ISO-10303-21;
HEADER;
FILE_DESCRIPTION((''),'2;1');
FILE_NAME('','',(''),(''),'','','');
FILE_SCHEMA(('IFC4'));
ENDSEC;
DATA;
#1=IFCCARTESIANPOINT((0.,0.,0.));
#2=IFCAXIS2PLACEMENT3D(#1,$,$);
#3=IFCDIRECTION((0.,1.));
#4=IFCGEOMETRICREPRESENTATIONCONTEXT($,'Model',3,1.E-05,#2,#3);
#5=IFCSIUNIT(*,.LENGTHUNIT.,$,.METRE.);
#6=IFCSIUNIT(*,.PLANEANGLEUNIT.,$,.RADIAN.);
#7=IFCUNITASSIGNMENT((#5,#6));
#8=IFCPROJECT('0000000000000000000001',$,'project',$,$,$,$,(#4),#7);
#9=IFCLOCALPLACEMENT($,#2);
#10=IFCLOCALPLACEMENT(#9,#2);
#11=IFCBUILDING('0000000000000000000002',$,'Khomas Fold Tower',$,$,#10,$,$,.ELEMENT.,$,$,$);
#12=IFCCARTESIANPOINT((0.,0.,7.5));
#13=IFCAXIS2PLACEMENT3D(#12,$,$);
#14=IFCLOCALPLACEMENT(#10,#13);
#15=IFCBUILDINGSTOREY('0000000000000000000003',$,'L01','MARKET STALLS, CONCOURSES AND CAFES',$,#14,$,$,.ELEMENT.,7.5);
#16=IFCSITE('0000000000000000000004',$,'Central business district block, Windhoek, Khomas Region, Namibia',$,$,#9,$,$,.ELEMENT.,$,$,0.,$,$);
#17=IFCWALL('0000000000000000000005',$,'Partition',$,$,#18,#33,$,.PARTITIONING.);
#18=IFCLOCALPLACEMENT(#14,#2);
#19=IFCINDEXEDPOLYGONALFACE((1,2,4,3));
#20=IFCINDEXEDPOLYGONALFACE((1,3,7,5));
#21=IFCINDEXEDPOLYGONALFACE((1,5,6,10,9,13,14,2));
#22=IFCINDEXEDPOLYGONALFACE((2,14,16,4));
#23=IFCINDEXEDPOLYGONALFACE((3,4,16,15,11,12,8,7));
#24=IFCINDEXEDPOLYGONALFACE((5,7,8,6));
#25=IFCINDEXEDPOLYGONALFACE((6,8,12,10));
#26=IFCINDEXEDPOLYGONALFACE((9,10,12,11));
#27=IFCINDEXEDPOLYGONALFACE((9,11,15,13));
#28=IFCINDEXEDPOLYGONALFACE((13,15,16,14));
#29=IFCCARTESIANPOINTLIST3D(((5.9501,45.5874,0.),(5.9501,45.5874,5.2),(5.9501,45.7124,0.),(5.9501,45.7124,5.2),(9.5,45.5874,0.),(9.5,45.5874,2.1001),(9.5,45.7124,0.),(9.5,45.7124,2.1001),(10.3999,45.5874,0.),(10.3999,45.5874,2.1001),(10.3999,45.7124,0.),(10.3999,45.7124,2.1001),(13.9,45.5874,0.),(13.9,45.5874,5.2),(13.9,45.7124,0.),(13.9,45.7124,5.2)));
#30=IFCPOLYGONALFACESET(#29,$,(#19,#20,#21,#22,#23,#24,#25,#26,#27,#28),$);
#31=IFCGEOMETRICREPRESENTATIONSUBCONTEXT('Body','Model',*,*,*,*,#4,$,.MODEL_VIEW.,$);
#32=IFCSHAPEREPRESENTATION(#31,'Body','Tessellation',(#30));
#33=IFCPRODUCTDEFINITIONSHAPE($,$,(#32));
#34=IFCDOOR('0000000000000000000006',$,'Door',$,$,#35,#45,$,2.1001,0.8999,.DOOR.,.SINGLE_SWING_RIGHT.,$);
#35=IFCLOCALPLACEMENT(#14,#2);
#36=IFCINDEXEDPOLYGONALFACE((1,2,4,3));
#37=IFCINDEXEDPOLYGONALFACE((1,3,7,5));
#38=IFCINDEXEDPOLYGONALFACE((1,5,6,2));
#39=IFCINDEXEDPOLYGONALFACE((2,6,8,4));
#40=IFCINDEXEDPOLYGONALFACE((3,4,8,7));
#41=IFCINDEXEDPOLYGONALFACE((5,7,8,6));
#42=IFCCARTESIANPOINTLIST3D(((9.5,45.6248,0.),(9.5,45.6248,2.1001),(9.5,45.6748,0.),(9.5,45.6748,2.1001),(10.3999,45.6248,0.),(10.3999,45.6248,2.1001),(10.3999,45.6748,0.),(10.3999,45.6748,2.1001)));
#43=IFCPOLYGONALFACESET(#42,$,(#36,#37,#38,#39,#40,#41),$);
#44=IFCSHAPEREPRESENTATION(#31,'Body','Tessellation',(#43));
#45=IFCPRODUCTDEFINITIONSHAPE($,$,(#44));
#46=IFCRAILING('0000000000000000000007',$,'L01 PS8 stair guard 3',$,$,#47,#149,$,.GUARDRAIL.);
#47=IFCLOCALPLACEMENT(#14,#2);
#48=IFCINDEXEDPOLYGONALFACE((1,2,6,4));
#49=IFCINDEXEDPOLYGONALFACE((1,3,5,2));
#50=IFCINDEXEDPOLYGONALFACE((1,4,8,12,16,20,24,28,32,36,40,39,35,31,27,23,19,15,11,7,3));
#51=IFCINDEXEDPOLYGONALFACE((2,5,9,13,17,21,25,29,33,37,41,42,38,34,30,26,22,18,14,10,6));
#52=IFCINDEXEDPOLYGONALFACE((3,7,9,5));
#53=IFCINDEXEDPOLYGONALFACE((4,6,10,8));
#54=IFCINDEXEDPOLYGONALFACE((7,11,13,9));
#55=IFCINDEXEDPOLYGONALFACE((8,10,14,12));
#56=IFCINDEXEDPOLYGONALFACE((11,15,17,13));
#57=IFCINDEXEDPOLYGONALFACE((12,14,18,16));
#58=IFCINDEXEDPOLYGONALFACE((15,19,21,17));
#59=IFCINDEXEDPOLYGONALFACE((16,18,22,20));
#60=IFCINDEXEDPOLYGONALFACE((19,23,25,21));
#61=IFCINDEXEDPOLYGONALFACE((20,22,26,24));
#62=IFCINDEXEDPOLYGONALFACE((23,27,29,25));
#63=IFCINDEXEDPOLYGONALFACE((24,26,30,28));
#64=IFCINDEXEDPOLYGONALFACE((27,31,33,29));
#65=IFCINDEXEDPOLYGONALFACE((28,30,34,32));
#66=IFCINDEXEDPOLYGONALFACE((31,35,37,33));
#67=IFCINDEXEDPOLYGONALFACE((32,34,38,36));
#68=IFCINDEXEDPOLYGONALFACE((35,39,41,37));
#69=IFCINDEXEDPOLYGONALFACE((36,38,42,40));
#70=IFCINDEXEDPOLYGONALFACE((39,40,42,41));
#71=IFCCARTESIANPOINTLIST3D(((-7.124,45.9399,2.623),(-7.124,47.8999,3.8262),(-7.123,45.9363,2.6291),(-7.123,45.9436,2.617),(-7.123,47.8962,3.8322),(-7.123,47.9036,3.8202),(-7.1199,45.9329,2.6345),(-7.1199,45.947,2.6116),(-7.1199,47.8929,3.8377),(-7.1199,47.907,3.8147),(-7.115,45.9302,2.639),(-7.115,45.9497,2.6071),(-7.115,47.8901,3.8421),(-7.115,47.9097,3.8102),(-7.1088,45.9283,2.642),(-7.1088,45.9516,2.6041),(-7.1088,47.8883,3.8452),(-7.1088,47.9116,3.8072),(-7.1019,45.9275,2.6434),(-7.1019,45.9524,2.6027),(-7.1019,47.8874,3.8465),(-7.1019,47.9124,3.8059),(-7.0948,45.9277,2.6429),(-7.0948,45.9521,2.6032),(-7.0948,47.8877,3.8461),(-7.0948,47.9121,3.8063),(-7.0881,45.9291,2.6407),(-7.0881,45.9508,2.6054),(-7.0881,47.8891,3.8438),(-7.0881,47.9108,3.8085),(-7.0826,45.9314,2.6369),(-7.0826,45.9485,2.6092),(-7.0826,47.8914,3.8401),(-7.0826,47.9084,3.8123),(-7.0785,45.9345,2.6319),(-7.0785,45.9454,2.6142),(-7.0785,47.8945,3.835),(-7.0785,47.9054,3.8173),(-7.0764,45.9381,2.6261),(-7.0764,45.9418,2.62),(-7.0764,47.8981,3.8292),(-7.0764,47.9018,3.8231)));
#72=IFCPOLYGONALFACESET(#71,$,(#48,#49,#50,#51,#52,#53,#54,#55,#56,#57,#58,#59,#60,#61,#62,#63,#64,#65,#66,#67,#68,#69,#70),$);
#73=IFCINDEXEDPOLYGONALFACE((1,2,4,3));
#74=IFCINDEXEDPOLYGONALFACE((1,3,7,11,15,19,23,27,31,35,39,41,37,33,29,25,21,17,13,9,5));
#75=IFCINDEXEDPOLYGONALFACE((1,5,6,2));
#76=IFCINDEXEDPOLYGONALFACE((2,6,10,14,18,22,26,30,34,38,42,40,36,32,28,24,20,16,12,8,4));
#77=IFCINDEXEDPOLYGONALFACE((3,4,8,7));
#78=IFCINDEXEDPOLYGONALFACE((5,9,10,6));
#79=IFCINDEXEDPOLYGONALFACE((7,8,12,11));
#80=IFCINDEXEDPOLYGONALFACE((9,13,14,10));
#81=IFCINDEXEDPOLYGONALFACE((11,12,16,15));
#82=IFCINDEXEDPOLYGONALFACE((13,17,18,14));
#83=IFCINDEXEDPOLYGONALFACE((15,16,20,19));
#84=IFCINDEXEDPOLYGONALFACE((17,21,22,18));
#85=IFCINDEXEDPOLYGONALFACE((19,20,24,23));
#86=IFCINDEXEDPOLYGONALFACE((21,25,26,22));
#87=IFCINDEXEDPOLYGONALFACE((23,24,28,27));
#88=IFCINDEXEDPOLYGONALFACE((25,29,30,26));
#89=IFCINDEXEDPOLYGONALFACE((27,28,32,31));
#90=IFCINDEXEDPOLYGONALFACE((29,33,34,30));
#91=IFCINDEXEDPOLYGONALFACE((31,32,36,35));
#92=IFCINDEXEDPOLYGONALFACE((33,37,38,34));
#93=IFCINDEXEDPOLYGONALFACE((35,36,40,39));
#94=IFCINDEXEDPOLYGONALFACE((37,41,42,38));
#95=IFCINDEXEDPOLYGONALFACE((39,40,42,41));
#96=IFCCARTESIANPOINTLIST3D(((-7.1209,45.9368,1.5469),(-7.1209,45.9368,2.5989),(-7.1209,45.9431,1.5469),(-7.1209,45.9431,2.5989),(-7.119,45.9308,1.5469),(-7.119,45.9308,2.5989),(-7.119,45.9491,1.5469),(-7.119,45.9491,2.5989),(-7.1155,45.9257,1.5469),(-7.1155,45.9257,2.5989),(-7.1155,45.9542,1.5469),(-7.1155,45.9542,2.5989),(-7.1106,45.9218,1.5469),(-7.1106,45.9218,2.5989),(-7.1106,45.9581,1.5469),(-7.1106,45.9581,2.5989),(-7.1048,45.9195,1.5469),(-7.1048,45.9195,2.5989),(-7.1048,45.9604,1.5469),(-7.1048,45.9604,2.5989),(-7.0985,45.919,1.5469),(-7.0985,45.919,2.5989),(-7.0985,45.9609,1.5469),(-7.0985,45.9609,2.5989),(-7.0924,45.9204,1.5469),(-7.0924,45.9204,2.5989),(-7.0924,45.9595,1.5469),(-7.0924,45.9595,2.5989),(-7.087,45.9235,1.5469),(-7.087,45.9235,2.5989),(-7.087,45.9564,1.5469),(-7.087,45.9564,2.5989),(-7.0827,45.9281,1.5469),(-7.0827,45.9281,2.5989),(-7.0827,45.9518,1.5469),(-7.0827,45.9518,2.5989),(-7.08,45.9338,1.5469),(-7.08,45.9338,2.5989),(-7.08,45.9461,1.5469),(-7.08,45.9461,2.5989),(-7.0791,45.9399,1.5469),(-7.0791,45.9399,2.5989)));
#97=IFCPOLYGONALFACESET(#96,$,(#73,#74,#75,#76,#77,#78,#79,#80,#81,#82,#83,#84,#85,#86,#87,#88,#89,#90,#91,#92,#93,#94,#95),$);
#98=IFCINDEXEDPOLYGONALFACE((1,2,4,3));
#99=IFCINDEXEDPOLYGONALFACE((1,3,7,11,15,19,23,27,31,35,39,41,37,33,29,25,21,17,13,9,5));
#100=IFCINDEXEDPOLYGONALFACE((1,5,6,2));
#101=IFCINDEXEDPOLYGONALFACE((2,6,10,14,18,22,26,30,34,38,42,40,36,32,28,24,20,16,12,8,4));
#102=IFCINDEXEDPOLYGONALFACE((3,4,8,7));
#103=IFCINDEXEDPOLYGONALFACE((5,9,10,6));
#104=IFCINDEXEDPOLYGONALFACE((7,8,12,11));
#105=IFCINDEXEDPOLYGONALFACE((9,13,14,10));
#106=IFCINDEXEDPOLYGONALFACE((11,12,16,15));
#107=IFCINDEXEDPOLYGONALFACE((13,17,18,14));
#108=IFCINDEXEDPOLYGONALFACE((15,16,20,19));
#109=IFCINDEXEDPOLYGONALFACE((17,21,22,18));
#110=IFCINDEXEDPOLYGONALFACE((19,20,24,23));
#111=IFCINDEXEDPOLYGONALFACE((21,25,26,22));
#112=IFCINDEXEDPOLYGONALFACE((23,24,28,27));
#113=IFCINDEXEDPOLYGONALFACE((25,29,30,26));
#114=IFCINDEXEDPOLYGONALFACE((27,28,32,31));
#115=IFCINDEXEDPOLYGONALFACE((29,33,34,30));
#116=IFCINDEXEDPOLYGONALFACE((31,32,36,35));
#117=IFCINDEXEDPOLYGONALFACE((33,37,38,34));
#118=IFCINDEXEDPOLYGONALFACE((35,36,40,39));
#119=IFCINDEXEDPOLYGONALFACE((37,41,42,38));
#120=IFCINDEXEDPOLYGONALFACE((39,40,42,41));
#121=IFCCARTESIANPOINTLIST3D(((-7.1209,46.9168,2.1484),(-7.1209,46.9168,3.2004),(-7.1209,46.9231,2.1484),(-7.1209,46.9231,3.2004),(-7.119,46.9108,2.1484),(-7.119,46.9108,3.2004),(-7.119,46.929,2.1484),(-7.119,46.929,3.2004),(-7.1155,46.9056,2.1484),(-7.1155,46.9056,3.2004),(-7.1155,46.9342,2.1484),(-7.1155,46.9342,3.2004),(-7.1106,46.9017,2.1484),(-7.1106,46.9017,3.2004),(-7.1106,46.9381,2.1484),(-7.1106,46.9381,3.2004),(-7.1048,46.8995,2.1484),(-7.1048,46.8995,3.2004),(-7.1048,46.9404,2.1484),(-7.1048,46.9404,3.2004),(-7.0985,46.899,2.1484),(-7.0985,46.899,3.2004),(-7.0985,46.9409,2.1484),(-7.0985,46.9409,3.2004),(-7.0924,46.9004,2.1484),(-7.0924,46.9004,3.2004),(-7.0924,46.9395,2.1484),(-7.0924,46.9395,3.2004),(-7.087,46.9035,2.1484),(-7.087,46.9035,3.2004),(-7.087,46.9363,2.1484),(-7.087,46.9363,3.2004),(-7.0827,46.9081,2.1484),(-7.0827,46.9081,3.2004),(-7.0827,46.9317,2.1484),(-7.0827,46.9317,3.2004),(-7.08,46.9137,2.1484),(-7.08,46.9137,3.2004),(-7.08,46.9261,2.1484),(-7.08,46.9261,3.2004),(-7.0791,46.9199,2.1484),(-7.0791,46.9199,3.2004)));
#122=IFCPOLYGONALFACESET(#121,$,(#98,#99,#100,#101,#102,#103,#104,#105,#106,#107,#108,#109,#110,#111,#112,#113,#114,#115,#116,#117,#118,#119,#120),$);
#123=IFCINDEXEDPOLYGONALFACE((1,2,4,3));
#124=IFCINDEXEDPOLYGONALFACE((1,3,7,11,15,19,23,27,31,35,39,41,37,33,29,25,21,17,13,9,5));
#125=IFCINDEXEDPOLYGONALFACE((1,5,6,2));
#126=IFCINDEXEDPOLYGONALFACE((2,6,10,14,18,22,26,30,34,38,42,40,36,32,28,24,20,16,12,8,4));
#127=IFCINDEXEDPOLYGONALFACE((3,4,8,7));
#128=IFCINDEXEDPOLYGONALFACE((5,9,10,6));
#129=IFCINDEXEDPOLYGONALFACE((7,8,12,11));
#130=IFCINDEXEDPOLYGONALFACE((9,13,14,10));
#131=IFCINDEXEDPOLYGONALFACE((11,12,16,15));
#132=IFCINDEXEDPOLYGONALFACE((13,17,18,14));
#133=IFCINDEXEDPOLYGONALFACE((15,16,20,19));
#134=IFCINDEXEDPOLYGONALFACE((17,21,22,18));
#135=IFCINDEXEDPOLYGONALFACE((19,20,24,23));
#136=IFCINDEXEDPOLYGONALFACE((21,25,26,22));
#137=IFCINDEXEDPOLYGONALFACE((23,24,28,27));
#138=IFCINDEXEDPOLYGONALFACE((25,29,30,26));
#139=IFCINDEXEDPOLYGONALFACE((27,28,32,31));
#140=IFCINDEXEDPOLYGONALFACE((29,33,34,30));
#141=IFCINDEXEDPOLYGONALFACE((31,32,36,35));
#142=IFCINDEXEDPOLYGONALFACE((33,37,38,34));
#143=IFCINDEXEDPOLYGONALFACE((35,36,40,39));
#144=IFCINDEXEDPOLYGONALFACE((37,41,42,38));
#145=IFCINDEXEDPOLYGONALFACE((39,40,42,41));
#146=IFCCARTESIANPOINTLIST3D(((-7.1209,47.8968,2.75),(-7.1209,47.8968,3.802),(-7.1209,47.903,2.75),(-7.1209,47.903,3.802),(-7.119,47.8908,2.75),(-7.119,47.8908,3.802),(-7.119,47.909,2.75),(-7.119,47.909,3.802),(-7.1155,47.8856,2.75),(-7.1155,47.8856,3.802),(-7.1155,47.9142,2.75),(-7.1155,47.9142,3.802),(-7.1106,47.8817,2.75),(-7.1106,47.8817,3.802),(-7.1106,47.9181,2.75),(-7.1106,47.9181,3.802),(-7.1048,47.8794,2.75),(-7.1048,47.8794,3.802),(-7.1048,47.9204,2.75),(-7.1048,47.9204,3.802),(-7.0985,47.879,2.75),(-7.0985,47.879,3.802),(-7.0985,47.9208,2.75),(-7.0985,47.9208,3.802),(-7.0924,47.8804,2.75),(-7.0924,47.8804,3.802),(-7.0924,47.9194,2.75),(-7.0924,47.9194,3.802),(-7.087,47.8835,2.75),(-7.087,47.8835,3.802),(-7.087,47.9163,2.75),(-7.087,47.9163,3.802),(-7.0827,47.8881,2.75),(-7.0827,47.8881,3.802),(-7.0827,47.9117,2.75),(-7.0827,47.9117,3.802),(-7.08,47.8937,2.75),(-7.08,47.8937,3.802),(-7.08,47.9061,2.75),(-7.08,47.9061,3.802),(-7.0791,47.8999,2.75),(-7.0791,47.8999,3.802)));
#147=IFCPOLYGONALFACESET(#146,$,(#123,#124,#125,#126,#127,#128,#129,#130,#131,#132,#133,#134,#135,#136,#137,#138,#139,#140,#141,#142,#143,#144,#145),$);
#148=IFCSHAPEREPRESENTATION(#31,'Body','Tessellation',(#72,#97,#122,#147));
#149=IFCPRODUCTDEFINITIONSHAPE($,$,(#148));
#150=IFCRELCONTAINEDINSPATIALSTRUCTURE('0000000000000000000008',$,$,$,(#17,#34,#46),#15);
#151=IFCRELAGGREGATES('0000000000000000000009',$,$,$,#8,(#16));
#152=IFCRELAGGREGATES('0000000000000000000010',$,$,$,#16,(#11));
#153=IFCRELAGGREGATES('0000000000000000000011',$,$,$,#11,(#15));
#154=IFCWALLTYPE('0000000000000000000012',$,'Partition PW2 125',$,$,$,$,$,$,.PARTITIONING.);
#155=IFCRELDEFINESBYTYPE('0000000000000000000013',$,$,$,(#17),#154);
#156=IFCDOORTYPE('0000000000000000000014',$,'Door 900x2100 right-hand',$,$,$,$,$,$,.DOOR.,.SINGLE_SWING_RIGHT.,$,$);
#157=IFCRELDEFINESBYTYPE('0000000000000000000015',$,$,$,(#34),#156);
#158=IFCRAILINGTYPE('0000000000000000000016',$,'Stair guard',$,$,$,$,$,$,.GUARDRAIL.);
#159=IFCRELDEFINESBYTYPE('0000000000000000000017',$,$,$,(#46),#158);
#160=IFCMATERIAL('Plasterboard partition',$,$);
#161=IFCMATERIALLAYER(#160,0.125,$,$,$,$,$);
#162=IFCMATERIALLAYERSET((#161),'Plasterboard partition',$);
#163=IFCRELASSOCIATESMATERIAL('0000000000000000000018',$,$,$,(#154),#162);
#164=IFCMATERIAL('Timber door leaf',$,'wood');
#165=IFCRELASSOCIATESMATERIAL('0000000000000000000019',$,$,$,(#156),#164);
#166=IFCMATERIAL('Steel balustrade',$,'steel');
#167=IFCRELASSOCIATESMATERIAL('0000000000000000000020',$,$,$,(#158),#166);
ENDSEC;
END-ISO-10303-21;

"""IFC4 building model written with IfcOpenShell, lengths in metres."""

from ifc_helpers import new_model, si_unit, direction, frame, frame_2d, origin, origin_2d, place, context, subcontext, project, spatial, rectangle, circle, extrude, source, transform, mapped, material, layer, layer_set, type_object, element, fill, save


model = new_model("IFC4")

# Units and contexts
model_context = context("Model", 3, precision=1e-05, world=origin(), true_north=direction((0.0, 1.0)))
body_context = subcontext(model_context, "Body", "Model", "MODEL_VIEW")
ifc_project = project(units=[si_unit("LENGTHUNIT", "METRE"), si_unit("PLANEANGLEUNIT", "RADIAN")], contexts=[model_context])

# Site, building, storey
site_placement = place(None, origin())
site = spatial("IfcSite", under=ifc_project, at=site_placement, Name="Central business district block, Windhoek, Khomas Region, Namibia", CompositionType="ELEMENT", RefElevation=0.0)
building_placement = place(site_placement, origin())
building = spatial("IfcBuilding", under=site, at=building_placement, Name="Khomas Fold Tower", CompositionType="ELEMENT")
storey_placement = place(building_placement, frame((0.0, 0.0, 7.5)))
storey = spatial("IfcBuildingStorey", under=building, at=storey_placement, Name="L01", Description="MARKET STALLS, CONCOURSES AND CAFES", CompositionType="ELEMENT", Elevation=7.5)

# Wall, opening, door
ifc_material_1 = material(Name="Plasterboard partition")
ifc_layer_1 = layer(ifc_material_1, 0.125)
ifc_layer_set_1 = layer_set([ifc_layer_1], Name="Plasterboard partition")
wall_type_1 = type_object("IfcWallType", Name="Partition PW2 125", PredefinedType="PARTITIONING", material=ifc_layer_set_1)
shared_shape_1 = source(origin(), body_context, "Body", "SweptSolid", [
    extrude(rectangle(XDim=7.95, YDim=0.125, at=frame_2d((3.9751, 0.0))), origin(), (0.0, 0.0, 1.0), 5.2),
])
wall_1_placement = place(storey_placement, frame((5.95, 45.6499, 0.0), z_axis=(0.0, 0.0, 1.0), x_axis=(1.0, 0.0, 0.0)))
wall_1 = element("IfcWall", 1, at=wall_1_placement, inside=storey, type_object=wall_type_1, Name="Partition", PredefinedType="PARTITIONING", context=body_context, shape_type="MappedRepresentation", body=[
    mapped(shared_shape_1, transform((0.0, 0.0, 0.0))),
])
shared_shape_2 = source(origin(), body_context, "Body", "SweptSolid", [
    extrude(rectangle(XDim=0.8999, YDim=2.1001, at=frame_2d((0.45, 1.05))), frame((0.0, 0.0725, 0.0), z_axis=(0.0, -1.0, 0.0), x_axis=(1.0, 0.0, 0.0)), (0.0, 0.0, 1.0), 0.145),
])
opening_1_placement = place(wall_1_placement, frame((3.55, 0.0, 0.0)))
opening_1 = element("IfcOpeningElement", 2, at=opening_1_placement, cuts=wall_1, PredefinedType="OPENING", context=body_context, shape_type="MappedRepresentation", body=[
    mapped(shared_shape_2, transform((0.0, 0.0, 0.0))),
])
ifc_material_2 = material(Name="Timber door leaf", Category="wood")
door_type_1 = type_object("IfcDoorType", Name="Door 900x2100 right-hand", OperationType="SINGLE_SWING_RIGHT", PredefinedType="DOOR", material=ifc_material_2)
shared_shape_3 = source(origin(), body_context, "Body", "SweptSolid", [
    extrude(rectangle(XDim=0.8999, YDim=2.1001, at=frame_2d((0.45, 1.05))), frame((0.0, 0.0249, 0.0), z_axis=(0.0, -1.0, 0.0), x_axis=(1.0, 0.0, 0.0)), (0.0, 0.0, 1.0), 0.05),
])
door_1_placement = place(opening_1_placement, origin())
door_1 = element("IfcDoor", 3, at=door_1_placement, inside=storey, type_object=door_type_1, Name="Door", OperationType="SINGLE_SWING_RIGHT", OverallHeight=2.1001, OverallWidth=0.8999, PredefinedType="DOOR", context=body_context, shape_type="MappedRepresentation", body=[
    mapped(shared_shape_3, transform((0.0, 0.0, 0.0))),
])
fill(opening_1, door_1)

# Railing
ifc_material_3 = material(Name="Steel balustrade", Category="steel")
railing_type_1 = type_object("IfcRailingType", Name="Stair guard", PredefinedType="GUARDRAIL", material=ifc_material_3)
shared_shape_4 = source(origin(), body_context, "Body", "SweptSolid", [
    extrude(circle(Radius=0.0239, at=origin_2d()), frame((0.0, 0.0, 1.0762), z_axis=(0.0, 0.852241, 0.523149), x_axis=(-1.0, 0.0, 0.0)), (0.0, 0.0, 1.0), 2.2998),
    extrude(circle(Radius=0.021, at=origin_2d()), origin(), (0.0, 0.0, 1.0), 1.052),
    extrude(circle(Radius=0.021, at=origin_2d()), frame((0.0, 0.98, 0.6016)), (0.0, 0.0, 1.0), 1.052),
    extrude(circle(Radius=0.021, at=origin_2d()), frame((0.0, 1.96, 1.2031)), (0.0, 0.0, 1.0), 1.052),
])
for number, where, name in (
    (4, (-7.1001, 45.9399, 1.5469), "L01 PS8 stair guard 3"),
):
    element("IfcRailing", number, at=place(storey_placement, frame(where)), inside=storey, type_object=railing_type_1, Name=name, PredefinedType="GUARDRAIL", context=body_context, shape_type="MappedRepresentation", body=[
        mapped(shared_shape_4, transform((0.0, 0.0, 0.0))),
    ])

save(model, "model.ifc")
